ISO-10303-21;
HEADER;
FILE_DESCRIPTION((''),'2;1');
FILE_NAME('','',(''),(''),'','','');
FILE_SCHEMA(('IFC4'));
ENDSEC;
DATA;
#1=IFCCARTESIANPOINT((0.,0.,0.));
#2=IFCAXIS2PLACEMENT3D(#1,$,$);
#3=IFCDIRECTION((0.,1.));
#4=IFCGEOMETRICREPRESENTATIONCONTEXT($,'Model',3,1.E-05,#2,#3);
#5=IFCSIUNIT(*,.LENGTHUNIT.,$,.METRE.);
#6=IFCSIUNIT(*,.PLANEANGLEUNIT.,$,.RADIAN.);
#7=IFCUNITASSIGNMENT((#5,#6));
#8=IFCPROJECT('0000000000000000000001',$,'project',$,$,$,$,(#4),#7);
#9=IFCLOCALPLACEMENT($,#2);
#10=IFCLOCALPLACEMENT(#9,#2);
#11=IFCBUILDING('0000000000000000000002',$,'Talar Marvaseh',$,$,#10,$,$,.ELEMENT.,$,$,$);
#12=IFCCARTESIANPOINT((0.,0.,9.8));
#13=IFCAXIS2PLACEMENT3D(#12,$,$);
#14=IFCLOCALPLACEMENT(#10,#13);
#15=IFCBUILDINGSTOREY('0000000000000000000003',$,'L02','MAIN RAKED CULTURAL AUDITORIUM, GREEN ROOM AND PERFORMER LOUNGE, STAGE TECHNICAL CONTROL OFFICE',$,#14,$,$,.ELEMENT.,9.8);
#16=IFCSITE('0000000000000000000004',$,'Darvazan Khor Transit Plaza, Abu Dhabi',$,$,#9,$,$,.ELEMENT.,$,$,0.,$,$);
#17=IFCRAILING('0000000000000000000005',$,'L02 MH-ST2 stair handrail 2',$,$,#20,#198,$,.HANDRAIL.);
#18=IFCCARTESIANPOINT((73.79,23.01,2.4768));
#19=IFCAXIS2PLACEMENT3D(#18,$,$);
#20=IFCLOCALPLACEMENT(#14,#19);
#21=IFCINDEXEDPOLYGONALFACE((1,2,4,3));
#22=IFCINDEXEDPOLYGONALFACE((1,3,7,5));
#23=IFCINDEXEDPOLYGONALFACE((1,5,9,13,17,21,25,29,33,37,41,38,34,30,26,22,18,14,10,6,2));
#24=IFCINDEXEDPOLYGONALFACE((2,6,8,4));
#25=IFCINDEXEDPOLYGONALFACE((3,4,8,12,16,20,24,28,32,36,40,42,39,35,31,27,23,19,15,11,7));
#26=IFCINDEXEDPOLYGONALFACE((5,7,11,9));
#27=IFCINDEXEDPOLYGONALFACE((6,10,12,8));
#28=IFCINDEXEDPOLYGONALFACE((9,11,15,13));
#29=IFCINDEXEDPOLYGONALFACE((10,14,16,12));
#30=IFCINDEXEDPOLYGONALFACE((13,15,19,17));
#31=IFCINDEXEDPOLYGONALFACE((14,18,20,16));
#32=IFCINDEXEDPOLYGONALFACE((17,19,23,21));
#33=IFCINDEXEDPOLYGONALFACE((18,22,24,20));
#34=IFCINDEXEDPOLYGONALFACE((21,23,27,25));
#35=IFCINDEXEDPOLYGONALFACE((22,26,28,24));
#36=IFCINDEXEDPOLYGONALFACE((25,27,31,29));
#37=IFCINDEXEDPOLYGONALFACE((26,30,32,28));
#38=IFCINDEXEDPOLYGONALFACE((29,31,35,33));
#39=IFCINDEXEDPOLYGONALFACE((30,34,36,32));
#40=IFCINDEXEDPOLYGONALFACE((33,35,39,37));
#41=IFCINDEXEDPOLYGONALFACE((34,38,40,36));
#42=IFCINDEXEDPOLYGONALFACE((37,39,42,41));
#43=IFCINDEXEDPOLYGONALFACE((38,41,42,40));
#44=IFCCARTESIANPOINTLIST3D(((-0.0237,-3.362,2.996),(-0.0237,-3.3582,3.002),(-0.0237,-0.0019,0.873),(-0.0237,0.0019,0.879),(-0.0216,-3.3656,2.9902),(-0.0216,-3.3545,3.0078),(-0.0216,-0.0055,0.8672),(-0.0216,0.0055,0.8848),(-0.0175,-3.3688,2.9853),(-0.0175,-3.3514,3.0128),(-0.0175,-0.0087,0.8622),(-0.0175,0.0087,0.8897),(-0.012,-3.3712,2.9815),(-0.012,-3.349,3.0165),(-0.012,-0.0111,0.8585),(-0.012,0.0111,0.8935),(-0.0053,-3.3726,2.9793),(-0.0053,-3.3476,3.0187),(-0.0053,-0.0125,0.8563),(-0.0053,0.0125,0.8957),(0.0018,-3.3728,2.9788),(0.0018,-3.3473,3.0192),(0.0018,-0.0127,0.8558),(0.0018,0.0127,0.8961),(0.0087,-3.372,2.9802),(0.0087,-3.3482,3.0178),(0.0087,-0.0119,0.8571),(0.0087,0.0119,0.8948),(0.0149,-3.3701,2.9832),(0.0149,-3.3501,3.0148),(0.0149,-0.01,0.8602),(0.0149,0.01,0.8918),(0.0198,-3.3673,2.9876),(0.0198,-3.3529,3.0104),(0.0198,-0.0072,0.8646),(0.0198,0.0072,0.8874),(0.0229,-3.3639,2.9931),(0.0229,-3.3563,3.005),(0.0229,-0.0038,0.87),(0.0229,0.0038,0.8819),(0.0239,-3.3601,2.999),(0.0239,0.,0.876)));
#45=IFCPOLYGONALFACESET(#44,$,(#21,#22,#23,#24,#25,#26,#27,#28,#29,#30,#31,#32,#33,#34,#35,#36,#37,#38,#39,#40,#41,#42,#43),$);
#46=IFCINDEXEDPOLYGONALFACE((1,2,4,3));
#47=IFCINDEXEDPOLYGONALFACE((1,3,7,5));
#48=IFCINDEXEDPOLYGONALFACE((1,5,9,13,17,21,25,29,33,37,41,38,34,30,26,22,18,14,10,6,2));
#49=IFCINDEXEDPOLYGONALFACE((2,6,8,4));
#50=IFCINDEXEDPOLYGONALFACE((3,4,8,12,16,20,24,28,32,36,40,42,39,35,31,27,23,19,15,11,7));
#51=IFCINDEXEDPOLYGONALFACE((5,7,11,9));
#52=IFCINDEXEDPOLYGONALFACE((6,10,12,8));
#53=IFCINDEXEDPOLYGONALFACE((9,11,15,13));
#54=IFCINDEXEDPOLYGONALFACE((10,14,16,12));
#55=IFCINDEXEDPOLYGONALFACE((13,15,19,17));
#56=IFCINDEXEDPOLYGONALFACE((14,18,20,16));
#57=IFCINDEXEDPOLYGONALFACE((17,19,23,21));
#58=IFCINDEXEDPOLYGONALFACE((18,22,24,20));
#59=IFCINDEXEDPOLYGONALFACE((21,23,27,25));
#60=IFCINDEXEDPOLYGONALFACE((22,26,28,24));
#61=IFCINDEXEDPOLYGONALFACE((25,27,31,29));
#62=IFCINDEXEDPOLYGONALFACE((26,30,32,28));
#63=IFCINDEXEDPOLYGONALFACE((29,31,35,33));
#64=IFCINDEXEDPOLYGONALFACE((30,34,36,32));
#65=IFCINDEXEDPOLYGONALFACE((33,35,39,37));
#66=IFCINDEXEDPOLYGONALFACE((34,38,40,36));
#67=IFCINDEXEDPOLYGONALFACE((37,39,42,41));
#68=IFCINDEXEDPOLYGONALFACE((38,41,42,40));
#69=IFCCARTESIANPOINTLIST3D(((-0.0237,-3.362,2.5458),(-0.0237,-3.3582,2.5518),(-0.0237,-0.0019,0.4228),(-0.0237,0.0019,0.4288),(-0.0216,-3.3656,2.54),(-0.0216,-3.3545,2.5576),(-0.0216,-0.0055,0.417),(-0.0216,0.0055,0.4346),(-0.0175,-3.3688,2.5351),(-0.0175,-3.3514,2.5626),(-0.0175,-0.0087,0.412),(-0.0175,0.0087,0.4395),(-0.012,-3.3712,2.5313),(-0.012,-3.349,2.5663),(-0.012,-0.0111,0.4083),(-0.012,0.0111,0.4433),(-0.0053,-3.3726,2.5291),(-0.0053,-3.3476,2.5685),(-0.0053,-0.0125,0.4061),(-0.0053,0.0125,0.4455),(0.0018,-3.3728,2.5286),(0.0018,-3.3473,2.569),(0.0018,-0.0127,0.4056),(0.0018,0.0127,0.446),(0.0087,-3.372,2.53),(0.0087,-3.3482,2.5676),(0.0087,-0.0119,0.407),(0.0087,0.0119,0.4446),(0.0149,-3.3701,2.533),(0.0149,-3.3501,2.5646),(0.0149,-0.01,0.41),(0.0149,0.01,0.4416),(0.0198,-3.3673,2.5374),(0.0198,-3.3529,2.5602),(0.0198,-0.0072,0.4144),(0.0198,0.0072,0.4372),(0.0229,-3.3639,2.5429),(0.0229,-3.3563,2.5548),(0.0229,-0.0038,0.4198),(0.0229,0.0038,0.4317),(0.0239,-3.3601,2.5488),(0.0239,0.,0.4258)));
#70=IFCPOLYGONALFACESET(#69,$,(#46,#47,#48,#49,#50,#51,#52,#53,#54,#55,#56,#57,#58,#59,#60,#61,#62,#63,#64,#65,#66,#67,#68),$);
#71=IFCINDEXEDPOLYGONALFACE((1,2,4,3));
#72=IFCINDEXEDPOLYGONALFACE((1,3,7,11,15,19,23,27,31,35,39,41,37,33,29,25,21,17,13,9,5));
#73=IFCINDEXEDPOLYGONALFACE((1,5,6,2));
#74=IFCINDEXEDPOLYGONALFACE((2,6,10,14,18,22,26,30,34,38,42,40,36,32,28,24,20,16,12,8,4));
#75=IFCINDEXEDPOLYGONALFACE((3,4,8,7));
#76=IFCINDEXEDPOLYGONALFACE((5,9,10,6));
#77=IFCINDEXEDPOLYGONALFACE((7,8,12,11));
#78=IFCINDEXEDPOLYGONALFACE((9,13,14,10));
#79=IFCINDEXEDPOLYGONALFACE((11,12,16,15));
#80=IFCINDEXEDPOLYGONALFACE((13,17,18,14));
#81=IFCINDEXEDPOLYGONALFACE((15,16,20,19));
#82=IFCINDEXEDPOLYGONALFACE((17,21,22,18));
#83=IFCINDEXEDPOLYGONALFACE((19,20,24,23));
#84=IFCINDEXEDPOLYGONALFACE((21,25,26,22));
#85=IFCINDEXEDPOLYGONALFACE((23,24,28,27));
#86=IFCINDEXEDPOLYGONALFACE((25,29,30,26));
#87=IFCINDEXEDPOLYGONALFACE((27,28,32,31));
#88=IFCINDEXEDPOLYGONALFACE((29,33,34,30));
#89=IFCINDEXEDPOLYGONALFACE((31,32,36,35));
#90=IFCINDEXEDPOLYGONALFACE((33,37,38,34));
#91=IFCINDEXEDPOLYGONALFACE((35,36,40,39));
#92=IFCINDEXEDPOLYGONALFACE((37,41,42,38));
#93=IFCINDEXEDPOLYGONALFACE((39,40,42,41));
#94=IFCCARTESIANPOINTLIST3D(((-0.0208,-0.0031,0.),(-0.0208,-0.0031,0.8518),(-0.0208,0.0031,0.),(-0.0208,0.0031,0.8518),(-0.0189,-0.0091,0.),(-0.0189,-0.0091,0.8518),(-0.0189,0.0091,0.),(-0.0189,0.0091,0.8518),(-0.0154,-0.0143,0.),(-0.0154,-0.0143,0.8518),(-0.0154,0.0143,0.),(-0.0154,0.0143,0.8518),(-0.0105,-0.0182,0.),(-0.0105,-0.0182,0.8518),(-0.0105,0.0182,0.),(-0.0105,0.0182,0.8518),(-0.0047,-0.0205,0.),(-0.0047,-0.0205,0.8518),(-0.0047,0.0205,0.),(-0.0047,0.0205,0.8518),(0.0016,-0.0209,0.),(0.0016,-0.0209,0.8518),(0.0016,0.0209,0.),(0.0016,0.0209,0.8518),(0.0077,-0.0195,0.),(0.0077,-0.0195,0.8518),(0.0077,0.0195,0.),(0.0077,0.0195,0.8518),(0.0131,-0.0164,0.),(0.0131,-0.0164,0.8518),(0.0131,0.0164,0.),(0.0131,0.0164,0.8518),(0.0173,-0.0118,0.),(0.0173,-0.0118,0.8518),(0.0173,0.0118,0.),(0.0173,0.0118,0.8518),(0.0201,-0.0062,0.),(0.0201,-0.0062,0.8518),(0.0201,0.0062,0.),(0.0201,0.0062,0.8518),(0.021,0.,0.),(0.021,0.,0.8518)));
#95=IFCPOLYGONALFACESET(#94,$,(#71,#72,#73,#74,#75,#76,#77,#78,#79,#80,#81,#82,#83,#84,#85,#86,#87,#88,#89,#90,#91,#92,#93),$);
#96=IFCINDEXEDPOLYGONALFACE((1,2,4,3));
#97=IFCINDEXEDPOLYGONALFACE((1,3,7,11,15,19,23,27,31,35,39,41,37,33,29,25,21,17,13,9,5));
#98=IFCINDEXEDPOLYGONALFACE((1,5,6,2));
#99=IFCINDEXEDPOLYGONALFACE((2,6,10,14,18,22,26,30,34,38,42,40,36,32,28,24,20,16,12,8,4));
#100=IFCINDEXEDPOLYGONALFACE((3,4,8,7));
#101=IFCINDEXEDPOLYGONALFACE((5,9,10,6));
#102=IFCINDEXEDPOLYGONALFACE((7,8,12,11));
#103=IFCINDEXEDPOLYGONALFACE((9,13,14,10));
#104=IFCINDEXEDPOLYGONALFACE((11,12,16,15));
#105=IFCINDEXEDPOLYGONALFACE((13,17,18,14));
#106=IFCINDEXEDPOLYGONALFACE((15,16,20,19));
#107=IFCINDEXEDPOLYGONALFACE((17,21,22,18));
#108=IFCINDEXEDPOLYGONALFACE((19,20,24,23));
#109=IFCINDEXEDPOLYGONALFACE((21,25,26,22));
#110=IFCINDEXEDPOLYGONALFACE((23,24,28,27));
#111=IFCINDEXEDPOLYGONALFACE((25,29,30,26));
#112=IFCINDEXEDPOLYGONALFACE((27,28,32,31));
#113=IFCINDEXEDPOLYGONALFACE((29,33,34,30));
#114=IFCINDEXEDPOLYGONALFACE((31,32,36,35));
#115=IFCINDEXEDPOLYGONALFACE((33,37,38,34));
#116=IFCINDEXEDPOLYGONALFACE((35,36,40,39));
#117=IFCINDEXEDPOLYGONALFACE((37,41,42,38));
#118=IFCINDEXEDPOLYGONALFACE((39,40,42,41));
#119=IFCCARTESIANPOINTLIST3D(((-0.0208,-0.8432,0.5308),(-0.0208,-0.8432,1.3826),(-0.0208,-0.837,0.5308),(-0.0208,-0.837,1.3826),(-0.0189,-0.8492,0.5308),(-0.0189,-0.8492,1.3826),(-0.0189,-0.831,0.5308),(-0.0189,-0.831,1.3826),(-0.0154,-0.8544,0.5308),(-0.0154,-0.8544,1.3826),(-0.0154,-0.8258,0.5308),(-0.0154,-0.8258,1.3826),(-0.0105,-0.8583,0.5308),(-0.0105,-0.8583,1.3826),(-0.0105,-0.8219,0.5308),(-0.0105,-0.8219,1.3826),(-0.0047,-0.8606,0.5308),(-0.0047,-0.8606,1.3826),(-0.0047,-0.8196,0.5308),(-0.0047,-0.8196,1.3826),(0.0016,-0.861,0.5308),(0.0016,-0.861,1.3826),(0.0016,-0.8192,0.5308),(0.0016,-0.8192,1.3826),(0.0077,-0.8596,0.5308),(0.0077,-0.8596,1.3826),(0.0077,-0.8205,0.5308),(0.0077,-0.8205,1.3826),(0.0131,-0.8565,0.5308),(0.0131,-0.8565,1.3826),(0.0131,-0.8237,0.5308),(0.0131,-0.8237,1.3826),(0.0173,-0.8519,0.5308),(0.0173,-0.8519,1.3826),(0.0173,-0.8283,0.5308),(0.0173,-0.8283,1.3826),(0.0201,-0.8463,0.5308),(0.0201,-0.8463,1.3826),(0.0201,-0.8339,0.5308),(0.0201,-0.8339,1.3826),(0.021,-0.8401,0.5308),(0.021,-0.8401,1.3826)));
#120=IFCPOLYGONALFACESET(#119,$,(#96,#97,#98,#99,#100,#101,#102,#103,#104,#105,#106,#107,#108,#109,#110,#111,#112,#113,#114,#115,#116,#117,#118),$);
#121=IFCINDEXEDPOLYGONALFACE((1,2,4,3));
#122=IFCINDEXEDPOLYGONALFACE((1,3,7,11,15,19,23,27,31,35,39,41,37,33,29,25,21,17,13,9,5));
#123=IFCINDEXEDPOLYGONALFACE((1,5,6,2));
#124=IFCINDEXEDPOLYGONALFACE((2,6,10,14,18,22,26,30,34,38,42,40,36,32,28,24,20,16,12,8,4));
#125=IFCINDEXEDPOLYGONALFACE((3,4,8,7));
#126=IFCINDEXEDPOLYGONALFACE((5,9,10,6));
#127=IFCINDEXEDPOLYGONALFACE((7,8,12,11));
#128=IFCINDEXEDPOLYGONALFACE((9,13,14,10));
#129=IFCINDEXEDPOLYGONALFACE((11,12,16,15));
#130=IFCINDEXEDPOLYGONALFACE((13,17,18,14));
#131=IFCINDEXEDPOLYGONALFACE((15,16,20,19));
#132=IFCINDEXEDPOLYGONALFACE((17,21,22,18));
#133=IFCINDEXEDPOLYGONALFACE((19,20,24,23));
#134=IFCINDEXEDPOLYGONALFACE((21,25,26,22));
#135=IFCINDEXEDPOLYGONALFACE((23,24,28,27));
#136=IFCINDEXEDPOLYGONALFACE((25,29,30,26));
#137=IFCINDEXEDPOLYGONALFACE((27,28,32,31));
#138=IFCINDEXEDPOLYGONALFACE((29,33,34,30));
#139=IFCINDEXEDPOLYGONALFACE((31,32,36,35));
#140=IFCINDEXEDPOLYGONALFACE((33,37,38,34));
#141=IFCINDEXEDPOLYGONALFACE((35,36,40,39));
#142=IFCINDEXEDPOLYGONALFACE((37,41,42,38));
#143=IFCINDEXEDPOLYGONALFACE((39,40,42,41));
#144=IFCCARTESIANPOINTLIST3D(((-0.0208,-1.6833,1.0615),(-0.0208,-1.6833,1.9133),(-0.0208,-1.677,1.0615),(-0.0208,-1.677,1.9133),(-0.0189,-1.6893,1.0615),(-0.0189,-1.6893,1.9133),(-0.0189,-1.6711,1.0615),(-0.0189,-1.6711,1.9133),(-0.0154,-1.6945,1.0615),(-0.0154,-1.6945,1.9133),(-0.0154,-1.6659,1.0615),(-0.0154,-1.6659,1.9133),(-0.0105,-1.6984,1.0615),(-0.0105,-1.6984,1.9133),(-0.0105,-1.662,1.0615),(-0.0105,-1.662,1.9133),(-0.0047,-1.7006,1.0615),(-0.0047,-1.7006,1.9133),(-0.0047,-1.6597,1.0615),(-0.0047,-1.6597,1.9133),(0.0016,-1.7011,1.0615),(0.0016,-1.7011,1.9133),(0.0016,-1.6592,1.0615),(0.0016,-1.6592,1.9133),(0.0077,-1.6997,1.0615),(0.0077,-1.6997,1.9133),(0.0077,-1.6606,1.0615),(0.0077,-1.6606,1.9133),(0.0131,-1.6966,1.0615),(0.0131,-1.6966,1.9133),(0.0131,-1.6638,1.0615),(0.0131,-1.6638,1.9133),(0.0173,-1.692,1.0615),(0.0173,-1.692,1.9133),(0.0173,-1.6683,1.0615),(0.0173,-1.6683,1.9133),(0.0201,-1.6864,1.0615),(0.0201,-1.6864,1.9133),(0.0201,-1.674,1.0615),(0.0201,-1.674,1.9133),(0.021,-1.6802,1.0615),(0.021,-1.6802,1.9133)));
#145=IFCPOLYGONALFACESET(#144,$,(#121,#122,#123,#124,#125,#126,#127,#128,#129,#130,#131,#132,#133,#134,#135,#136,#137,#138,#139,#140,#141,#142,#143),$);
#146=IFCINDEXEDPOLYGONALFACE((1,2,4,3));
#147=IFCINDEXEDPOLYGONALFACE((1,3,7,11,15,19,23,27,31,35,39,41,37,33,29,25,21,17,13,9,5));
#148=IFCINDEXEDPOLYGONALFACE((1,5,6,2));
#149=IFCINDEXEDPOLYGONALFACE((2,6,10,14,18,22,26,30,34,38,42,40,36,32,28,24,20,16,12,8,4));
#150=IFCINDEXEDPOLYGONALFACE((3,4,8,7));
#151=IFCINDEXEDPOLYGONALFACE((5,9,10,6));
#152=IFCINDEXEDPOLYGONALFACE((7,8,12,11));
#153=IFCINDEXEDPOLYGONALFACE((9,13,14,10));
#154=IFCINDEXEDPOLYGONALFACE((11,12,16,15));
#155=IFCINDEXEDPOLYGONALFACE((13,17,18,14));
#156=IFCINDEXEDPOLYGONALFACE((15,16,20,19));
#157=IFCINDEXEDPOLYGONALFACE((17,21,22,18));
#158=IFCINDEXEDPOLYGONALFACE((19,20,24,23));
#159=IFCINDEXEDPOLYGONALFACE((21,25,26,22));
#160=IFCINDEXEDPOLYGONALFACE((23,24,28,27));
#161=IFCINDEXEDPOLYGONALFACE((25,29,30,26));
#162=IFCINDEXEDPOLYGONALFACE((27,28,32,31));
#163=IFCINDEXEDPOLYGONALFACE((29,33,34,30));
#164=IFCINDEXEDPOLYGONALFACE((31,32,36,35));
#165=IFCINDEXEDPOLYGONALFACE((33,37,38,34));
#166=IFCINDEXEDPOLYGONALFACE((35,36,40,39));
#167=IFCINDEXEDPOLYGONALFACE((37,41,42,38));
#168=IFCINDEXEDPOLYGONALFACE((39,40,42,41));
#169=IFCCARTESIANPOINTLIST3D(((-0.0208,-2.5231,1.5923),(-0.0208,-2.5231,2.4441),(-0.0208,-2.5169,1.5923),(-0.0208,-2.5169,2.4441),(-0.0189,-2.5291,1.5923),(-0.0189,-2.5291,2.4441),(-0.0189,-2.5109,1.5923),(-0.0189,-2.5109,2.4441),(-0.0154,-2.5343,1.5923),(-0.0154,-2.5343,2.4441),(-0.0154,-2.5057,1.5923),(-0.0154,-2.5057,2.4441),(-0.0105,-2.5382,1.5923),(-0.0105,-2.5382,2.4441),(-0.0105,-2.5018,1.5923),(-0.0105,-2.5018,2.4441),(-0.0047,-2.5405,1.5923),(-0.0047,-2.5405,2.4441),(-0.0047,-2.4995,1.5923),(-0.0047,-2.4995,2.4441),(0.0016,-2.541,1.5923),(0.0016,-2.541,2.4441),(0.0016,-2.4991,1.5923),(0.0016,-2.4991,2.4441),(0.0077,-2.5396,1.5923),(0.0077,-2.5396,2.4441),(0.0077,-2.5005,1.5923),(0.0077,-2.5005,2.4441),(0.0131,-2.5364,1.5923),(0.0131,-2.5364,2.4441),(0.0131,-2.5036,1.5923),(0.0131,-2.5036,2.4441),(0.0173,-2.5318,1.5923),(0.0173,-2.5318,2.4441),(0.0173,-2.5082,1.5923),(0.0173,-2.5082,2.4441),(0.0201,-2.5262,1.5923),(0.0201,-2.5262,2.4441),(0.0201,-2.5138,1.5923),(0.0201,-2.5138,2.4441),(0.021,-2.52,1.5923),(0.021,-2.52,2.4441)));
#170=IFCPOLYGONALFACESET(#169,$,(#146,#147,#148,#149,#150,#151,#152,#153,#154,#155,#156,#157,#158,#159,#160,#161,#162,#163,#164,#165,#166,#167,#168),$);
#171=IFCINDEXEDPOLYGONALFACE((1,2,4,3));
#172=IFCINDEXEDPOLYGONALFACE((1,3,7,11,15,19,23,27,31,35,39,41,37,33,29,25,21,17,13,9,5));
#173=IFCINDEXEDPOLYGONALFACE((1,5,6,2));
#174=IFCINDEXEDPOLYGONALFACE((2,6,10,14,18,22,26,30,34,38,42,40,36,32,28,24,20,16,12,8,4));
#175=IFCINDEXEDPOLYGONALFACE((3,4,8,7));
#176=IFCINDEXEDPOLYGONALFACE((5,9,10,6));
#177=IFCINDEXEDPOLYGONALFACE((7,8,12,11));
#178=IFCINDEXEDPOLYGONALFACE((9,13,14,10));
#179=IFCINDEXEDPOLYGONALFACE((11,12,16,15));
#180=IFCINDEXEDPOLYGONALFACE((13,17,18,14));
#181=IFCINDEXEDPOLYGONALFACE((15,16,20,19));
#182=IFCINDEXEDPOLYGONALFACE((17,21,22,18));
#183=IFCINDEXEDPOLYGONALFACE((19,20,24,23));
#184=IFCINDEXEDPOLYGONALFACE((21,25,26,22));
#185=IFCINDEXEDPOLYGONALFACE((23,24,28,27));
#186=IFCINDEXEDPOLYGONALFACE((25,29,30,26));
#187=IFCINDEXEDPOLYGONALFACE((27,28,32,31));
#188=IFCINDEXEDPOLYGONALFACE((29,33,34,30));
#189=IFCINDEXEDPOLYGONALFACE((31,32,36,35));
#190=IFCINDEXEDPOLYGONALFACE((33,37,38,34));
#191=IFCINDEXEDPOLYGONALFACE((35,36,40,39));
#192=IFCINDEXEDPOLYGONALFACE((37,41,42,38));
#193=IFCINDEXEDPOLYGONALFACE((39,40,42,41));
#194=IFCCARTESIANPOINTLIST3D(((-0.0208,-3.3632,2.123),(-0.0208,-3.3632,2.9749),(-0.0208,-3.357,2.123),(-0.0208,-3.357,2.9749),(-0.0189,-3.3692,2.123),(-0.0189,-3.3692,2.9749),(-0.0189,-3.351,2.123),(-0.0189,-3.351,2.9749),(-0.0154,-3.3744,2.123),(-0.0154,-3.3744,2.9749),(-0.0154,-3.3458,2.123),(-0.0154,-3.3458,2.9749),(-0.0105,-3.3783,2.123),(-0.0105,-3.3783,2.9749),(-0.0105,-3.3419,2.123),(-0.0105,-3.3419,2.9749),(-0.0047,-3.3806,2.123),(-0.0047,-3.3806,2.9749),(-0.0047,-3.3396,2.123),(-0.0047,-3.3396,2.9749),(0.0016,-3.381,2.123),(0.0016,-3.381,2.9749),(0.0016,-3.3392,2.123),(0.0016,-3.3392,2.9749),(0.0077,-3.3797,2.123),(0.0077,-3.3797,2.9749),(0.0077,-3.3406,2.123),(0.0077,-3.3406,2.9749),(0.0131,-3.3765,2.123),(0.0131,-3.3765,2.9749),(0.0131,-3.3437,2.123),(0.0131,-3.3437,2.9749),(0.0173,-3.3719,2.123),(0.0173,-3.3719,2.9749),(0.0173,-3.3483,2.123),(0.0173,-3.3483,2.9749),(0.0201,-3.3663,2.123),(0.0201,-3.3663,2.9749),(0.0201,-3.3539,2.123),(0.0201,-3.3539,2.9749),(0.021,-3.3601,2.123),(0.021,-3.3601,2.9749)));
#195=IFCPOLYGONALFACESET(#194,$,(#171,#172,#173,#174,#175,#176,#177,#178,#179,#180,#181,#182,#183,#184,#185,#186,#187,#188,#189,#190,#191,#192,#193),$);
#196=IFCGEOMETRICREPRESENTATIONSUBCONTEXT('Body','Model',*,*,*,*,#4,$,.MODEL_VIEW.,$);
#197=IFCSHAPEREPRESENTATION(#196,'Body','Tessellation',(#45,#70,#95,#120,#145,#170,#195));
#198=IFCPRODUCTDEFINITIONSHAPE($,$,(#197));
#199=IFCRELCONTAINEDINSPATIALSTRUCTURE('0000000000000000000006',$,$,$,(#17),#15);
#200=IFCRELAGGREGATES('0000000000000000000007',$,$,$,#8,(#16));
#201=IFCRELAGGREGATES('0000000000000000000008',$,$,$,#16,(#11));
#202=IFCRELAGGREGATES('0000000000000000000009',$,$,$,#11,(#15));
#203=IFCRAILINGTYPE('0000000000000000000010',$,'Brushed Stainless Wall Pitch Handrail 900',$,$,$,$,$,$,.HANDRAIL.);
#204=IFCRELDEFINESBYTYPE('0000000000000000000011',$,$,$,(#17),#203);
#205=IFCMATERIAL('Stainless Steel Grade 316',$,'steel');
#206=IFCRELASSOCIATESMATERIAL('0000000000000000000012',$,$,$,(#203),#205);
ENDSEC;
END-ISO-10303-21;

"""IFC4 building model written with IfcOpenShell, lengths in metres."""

from ifc_helpers import new_model, si_unit, direction, frame, origin, origin_2d, place, context, subcontext, project, spatial, circle, extrude, material, type_object, element, save


model = new_model("IFC4")

# Units and contexts
model_context = context("Model", 3, precision=1e-05, world=origin(), true_north=direction((0.0, 1.0)))
body_context = subcontext(model_context, "Body", "Model", "MODEL_VIEW")
ifc_project = project(units=[si_unit("LENGTHUNIT", "METRE"), si_unit("PLANEANGLEUNIT", "RADIAN")], contexts=[model_context])

# Site, building, storey
site_placement = place(None, origin())
site = spatial("IfcSite", under=ifc_project, at=site_placement, Name="Darvazan Khor Transit Plaza, Abu Dhabi", CompositionType="ELEMENT", RefElevation=0.0)
building_placement = place(site_placement, origin())
building = spatial("IfcBuilding", under=site, at=building_placement, Name="Talar Marvaseh", CompositionType="ELEMENT")
storey_placement = place(building_placement, frame((0.0, 0.0, 9.8)))
storey = spatial("IfcBuildingStorey", under=building, at=storey_placement, Name="L02", Description="MAIN RAKED CULTURAL AUDITORIUM, GREEN ROOM AND PERFORMER LOUNGE, STAGE TECHNICAL CONTROL OFFICE", CompositionType="ELEMENT", Elevation=9.8)

# Railing
ifc_material_1 = material(Name="Stainless Steel Grade 316", Category="steel")
railing_type_1 = type_object("IfcRailingType", Name="Brushed Stainless Wall Pitch Handrail 900", PredefinedType="HANDRAIL", material=ifc_material_1)
railing_1_placement = place(storey_placement, frame((73.79, 23.01, 2.4768)))
element("IfcRailing", 1, at=railing_1_placement, inside=storey, type_object=railing_type_1, Name="L02 MH-ST2 stair handrail 2", PredefinedType="HANDRAIL", context=body_context, shape_type="SweptSolid", body=[
    extrude(circle(Radius=0.0239, at=origin_2d()), frame((0.0, 0.0, 0.876), z_axis=(0.0, -0.84539, 0.53415), x_axis=(1.0, 0.0, 0.0)), (0.0, 0.0, 1.0), 3.9746),
    extrude(circle(Radius=0.0239, at=origin_2d()), frame((0.0, 0.0, 0.4258), z_axis=(0.0, -0.84539, 0.53415), x_axis=(1.0, 0.0, 0.0)), (0.0, 0.0, 1.0), 3.9746),
    extrude(circle(Radius=0.021, at=origin_2d()), origin(), (0.0, 0.0, 1.0), 0.8518),
    extrude(circle(Radius=0.021, at=origin_2d()), frame((0.0, -0.8401, 0.5308)), (0.0, 0.0, 1.0), 0.8518),
    extrude(circle(Radius=0.021, at=origin_2d()), frame((0.0, -1.6802, 1.0615)), (0.0, 0.0, 1.0), 0.8518),
    extrude(circle(Radius=0.021, at=origin_2d()), frame((0.0, -2.52, 1.5923)), (0.0, 0.0, 1.0), 0.8518),
    extrude(circle(Radius=0.021, at=origin_2d()), frame((0.0, -3.3601, 2.123)), (0.0, 0.0, 1.0), 0.8518),
])

save(model, "model.ifc")
